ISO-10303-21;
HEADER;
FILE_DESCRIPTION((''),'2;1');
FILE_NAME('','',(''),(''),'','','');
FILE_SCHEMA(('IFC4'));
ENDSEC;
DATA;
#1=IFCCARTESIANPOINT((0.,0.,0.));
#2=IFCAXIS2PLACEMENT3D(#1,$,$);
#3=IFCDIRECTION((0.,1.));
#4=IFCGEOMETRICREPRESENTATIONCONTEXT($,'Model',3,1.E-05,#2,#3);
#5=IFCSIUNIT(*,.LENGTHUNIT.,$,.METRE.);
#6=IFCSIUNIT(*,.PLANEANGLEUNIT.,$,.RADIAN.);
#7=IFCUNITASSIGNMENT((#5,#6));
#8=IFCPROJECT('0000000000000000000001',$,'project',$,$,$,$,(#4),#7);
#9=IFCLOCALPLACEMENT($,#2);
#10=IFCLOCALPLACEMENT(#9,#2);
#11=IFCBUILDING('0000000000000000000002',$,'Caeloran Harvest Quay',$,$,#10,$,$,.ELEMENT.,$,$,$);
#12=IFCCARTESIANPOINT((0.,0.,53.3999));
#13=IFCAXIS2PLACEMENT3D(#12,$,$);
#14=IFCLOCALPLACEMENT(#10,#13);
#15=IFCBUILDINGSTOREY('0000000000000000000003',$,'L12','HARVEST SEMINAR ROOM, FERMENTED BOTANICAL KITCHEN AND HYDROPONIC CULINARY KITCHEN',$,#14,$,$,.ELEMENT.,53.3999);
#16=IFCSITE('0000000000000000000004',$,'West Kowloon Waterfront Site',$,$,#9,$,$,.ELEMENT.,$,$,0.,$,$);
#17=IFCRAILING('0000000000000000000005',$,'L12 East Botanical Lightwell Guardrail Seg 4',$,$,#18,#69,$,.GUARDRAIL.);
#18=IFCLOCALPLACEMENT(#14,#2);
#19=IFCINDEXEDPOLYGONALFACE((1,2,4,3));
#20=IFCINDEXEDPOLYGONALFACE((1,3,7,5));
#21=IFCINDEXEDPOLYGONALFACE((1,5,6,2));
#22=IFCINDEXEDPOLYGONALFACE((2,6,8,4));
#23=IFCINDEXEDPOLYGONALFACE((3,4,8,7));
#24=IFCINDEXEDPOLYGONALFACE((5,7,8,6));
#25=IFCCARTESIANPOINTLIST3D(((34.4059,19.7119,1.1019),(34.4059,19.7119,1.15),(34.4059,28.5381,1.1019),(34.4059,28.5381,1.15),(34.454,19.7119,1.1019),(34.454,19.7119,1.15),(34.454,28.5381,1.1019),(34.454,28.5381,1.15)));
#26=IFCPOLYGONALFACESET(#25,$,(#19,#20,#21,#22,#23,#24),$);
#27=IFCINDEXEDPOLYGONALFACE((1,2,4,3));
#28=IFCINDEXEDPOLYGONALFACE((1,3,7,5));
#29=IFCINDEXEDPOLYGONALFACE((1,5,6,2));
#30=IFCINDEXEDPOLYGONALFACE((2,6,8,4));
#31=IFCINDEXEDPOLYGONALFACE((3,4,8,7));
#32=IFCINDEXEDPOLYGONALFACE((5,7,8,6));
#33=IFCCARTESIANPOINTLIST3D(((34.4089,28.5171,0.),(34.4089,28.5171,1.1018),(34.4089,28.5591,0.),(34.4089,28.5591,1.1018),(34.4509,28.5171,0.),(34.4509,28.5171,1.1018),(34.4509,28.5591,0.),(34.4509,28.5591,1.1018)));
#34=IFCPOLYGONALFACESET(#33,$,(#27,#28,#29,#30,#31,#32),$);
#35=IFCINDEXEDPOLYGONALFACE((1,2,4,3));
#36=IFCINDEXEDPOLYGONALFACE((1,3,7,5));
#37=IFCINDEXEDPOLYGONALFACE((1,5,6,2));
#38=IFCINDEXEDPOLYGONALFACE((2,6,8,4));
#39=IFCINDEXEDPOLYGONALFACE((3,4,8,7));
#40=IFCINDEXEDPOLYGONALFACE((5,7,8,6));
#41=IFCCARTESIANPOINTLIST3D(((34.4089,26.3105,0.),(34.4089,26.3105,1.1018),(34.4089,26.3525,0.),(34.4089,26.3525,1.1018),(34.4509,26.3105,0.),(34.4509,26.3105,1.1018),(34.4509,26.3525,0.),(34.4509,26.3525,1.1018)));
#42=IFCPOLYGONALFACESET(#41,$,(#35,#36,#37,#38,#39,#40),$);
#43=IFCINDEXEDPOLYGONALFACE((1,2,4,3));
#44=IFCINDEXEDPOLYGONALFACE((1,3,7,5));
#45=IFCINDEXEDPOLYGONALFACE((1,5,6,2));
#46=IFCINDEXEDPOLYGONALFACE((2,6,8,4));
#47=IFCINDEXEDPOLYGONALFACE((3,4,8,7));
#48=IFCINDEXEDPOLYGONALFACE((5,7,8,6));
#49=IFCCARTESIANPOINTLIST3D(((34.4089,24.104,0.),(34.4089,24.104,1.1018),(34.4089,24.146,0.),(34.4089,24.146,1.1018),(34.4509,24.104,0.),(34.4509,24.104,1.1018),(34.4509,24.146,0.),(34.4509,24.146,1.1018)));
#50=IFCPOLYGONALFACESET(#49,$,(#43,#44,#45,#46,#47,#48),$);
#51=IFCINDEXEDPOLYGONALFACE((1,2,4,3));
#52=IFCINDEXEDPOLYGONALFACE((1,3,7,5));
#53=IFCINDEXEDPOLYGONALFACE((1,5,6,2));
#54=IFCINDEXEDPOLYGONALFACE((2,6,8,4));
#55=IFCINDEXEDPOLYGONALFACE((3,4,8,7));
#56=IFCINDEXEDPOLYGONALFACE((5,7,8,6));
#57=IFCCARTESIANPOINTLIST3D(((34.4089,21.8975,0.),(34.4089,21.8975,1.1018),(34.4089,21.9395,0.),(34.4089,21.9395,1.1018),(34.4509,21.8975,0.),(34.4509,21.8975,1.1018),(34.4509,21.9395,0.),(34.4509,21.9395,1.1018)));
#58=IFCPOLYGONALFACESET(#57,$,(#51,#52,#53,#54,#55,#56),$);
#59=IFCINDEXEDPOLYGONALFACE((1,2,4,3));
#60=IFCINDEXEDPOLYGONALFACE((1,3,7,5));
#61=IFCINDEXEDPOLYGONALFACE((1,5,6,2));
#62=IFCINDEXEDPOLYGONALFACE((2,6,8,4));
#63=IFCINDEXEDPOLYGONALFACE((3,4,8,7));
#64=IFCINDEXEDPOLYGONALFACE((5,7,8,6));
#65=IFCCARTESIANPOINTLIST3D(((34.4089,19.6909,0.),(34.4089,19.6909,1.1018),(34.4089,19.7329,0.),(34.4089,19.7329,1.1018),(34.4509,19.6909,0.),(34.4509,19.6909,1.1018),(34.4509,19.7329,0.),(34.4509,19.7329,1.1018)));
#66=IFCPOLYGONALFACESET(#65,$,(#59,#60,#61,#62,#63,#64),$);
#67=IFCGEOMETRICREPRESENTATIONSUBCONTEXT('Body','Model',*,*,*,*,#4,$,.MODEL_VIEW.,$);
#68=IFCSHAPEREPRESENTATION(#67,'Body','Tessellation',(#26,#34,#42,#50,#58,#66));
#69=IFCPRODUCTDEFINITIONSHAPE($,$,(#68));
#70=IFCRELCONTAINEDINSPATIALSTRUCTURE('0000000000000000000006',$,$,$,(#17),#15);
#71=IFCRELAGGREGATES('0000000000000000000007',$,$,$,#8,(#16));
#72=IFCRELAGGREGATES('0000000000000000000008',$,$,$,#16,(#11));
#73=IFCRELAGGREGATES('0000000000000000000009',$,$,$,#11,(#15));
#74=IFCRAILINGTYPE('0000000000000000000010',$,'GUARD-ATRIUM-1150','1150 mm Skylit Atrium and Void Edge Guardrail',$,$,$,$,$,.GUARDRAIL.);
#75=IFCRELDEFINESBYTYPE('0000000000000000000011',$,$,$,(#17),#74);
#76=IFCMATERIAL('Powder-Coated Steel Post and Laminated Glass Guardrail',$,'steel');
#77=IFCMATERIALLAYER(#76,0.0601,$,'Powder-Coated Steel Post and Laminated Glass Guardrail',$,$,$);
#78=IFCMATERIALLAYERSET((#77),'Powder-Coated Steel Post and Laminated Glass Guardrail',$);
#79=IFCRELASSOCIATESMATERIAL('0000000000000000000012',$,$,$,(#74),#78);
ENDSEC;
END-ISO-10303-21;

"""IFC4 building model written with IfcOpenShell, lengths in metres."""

from ifc_helpers import new_model, si_unit, direction, frame, origin, origin_2d, place, context, subcontext, project, spatial, rectangle, extrude, material, layer, layer_set, type_object, element, save


model = new_model("IFC4")

# Units and contexts
model_context = context("Model", 3, precision=1e-05, world=origin(), true_north=direction((0.0, 1.0)))
body_context = subcontext(model_context, "Body", "Model", "MODEL_VIEW")
ifc_project = project(units=[si_unit("LENGTHUNIT", "METRE"), si_unit("PLANEANGLEUNIT", "RADIAN")], contexts=[model_context])

# Site, building, storey
site_placement = place(None, origin())
site = spatial("IfcSite", under=ifc_project, at=site_placement, Name="West Kowloon Waterfront Site", CompositionType="ELEMENT", RefElevation=0.0)
building_placement = place(site_placement, origin())
building = spatial("IfcBuilding", under=site, at=building_placement, Name="Caeloran Harvest Quay", CompositionType="ELEMENT")
storey_placement = place(building_placement, frame((0.0, 0.0, 53.3999)))
storey = spatial("IfcBuildingStorey", under=building, at=storey_placement, Name="L12", Description="HARVEST SEMINAR ROOM, FERMENTED BOTANICAL KITCHEN AND HYDROPONIC CULINARY KITCHEN", CompositionType="ELEMENT", Elevation=53.3999)

# Railing
ifc_material_1 = material(Name="Powder-Coated Steel Post and Laminated Glass Guardrail", Category="steel")
ifc_layer_1 = layer(ifc_material_1, 0.0601, Name="Powder-Coated Steel Post and Laminated Glass Guardrail")
ifc_layer_set_1 = layer_set([ifc_layer_1], Name="Powder-Coated Steel Post and Laminated Glass Guardrail")
railing_type = type_object("IfcRailingType", Name="GUARD-ATRIUM-1150", Description="1150 mm Skylit Atrium and Void Edge Guardrail", PredefinedType="GUARDRAIL", material=ifc_layer_set_1)
railing_1_placement = place(storey_placement, frame((34.4299, 28.5381, 0.0)))
element("IfcRailing", 1, at=railing_1_placement, inside=storey, type_object=railing_type, Name="L12 East Botanical Lightwell Guardrail Seg 4", PredefinedType="GUARDRAIL", context=body_context, shape_type="SweptSolid", body=[
    extrude(rectangle(XDim=0.0481, YDim=0.0481, at=origin_2d()), frame((0.0, 0.0, 1.126), z_axis=(0.0, -1.0, 0.0), x_axis=(1.0, 0.0, 0.0)), (0.0, 0.0, 1.0), 8.8262),
    extrude(rectangle(XDim=0.042, YDim=0.042, at=origin_2d()), origin(), (0.0, 0.0, 1.0), 1.1018),
    extrude(rectangle(XDim=0.042, YDim=0.042, at=origin_2d()), frame((0.0, -2.2065, 0.0)), (0.0, 0.0, 1.0), 1.1018),
    extrude(rectangle(XDim=0.042, YDim=0.042, at=origin_2d()), frame((0.0, -4.4131, 0.0)), (0.0, 0.0, 1.0), 1.1018),
    extrude(rectangle(XDim=0.042, YDim=0.042, at=origin_2d()), frame((0.0, -6.6196, 0.0)), (0.0, 0.0, 1.0), 1.1018),
    extrude(rectangle(XDim=0.042, YDim=0.042, at=origin_2d()), frame((0.0, -8.8262, 0.0)), (0.0, 0.0, 1.0), 1.1018),
])

save(model, "model.ifc")
